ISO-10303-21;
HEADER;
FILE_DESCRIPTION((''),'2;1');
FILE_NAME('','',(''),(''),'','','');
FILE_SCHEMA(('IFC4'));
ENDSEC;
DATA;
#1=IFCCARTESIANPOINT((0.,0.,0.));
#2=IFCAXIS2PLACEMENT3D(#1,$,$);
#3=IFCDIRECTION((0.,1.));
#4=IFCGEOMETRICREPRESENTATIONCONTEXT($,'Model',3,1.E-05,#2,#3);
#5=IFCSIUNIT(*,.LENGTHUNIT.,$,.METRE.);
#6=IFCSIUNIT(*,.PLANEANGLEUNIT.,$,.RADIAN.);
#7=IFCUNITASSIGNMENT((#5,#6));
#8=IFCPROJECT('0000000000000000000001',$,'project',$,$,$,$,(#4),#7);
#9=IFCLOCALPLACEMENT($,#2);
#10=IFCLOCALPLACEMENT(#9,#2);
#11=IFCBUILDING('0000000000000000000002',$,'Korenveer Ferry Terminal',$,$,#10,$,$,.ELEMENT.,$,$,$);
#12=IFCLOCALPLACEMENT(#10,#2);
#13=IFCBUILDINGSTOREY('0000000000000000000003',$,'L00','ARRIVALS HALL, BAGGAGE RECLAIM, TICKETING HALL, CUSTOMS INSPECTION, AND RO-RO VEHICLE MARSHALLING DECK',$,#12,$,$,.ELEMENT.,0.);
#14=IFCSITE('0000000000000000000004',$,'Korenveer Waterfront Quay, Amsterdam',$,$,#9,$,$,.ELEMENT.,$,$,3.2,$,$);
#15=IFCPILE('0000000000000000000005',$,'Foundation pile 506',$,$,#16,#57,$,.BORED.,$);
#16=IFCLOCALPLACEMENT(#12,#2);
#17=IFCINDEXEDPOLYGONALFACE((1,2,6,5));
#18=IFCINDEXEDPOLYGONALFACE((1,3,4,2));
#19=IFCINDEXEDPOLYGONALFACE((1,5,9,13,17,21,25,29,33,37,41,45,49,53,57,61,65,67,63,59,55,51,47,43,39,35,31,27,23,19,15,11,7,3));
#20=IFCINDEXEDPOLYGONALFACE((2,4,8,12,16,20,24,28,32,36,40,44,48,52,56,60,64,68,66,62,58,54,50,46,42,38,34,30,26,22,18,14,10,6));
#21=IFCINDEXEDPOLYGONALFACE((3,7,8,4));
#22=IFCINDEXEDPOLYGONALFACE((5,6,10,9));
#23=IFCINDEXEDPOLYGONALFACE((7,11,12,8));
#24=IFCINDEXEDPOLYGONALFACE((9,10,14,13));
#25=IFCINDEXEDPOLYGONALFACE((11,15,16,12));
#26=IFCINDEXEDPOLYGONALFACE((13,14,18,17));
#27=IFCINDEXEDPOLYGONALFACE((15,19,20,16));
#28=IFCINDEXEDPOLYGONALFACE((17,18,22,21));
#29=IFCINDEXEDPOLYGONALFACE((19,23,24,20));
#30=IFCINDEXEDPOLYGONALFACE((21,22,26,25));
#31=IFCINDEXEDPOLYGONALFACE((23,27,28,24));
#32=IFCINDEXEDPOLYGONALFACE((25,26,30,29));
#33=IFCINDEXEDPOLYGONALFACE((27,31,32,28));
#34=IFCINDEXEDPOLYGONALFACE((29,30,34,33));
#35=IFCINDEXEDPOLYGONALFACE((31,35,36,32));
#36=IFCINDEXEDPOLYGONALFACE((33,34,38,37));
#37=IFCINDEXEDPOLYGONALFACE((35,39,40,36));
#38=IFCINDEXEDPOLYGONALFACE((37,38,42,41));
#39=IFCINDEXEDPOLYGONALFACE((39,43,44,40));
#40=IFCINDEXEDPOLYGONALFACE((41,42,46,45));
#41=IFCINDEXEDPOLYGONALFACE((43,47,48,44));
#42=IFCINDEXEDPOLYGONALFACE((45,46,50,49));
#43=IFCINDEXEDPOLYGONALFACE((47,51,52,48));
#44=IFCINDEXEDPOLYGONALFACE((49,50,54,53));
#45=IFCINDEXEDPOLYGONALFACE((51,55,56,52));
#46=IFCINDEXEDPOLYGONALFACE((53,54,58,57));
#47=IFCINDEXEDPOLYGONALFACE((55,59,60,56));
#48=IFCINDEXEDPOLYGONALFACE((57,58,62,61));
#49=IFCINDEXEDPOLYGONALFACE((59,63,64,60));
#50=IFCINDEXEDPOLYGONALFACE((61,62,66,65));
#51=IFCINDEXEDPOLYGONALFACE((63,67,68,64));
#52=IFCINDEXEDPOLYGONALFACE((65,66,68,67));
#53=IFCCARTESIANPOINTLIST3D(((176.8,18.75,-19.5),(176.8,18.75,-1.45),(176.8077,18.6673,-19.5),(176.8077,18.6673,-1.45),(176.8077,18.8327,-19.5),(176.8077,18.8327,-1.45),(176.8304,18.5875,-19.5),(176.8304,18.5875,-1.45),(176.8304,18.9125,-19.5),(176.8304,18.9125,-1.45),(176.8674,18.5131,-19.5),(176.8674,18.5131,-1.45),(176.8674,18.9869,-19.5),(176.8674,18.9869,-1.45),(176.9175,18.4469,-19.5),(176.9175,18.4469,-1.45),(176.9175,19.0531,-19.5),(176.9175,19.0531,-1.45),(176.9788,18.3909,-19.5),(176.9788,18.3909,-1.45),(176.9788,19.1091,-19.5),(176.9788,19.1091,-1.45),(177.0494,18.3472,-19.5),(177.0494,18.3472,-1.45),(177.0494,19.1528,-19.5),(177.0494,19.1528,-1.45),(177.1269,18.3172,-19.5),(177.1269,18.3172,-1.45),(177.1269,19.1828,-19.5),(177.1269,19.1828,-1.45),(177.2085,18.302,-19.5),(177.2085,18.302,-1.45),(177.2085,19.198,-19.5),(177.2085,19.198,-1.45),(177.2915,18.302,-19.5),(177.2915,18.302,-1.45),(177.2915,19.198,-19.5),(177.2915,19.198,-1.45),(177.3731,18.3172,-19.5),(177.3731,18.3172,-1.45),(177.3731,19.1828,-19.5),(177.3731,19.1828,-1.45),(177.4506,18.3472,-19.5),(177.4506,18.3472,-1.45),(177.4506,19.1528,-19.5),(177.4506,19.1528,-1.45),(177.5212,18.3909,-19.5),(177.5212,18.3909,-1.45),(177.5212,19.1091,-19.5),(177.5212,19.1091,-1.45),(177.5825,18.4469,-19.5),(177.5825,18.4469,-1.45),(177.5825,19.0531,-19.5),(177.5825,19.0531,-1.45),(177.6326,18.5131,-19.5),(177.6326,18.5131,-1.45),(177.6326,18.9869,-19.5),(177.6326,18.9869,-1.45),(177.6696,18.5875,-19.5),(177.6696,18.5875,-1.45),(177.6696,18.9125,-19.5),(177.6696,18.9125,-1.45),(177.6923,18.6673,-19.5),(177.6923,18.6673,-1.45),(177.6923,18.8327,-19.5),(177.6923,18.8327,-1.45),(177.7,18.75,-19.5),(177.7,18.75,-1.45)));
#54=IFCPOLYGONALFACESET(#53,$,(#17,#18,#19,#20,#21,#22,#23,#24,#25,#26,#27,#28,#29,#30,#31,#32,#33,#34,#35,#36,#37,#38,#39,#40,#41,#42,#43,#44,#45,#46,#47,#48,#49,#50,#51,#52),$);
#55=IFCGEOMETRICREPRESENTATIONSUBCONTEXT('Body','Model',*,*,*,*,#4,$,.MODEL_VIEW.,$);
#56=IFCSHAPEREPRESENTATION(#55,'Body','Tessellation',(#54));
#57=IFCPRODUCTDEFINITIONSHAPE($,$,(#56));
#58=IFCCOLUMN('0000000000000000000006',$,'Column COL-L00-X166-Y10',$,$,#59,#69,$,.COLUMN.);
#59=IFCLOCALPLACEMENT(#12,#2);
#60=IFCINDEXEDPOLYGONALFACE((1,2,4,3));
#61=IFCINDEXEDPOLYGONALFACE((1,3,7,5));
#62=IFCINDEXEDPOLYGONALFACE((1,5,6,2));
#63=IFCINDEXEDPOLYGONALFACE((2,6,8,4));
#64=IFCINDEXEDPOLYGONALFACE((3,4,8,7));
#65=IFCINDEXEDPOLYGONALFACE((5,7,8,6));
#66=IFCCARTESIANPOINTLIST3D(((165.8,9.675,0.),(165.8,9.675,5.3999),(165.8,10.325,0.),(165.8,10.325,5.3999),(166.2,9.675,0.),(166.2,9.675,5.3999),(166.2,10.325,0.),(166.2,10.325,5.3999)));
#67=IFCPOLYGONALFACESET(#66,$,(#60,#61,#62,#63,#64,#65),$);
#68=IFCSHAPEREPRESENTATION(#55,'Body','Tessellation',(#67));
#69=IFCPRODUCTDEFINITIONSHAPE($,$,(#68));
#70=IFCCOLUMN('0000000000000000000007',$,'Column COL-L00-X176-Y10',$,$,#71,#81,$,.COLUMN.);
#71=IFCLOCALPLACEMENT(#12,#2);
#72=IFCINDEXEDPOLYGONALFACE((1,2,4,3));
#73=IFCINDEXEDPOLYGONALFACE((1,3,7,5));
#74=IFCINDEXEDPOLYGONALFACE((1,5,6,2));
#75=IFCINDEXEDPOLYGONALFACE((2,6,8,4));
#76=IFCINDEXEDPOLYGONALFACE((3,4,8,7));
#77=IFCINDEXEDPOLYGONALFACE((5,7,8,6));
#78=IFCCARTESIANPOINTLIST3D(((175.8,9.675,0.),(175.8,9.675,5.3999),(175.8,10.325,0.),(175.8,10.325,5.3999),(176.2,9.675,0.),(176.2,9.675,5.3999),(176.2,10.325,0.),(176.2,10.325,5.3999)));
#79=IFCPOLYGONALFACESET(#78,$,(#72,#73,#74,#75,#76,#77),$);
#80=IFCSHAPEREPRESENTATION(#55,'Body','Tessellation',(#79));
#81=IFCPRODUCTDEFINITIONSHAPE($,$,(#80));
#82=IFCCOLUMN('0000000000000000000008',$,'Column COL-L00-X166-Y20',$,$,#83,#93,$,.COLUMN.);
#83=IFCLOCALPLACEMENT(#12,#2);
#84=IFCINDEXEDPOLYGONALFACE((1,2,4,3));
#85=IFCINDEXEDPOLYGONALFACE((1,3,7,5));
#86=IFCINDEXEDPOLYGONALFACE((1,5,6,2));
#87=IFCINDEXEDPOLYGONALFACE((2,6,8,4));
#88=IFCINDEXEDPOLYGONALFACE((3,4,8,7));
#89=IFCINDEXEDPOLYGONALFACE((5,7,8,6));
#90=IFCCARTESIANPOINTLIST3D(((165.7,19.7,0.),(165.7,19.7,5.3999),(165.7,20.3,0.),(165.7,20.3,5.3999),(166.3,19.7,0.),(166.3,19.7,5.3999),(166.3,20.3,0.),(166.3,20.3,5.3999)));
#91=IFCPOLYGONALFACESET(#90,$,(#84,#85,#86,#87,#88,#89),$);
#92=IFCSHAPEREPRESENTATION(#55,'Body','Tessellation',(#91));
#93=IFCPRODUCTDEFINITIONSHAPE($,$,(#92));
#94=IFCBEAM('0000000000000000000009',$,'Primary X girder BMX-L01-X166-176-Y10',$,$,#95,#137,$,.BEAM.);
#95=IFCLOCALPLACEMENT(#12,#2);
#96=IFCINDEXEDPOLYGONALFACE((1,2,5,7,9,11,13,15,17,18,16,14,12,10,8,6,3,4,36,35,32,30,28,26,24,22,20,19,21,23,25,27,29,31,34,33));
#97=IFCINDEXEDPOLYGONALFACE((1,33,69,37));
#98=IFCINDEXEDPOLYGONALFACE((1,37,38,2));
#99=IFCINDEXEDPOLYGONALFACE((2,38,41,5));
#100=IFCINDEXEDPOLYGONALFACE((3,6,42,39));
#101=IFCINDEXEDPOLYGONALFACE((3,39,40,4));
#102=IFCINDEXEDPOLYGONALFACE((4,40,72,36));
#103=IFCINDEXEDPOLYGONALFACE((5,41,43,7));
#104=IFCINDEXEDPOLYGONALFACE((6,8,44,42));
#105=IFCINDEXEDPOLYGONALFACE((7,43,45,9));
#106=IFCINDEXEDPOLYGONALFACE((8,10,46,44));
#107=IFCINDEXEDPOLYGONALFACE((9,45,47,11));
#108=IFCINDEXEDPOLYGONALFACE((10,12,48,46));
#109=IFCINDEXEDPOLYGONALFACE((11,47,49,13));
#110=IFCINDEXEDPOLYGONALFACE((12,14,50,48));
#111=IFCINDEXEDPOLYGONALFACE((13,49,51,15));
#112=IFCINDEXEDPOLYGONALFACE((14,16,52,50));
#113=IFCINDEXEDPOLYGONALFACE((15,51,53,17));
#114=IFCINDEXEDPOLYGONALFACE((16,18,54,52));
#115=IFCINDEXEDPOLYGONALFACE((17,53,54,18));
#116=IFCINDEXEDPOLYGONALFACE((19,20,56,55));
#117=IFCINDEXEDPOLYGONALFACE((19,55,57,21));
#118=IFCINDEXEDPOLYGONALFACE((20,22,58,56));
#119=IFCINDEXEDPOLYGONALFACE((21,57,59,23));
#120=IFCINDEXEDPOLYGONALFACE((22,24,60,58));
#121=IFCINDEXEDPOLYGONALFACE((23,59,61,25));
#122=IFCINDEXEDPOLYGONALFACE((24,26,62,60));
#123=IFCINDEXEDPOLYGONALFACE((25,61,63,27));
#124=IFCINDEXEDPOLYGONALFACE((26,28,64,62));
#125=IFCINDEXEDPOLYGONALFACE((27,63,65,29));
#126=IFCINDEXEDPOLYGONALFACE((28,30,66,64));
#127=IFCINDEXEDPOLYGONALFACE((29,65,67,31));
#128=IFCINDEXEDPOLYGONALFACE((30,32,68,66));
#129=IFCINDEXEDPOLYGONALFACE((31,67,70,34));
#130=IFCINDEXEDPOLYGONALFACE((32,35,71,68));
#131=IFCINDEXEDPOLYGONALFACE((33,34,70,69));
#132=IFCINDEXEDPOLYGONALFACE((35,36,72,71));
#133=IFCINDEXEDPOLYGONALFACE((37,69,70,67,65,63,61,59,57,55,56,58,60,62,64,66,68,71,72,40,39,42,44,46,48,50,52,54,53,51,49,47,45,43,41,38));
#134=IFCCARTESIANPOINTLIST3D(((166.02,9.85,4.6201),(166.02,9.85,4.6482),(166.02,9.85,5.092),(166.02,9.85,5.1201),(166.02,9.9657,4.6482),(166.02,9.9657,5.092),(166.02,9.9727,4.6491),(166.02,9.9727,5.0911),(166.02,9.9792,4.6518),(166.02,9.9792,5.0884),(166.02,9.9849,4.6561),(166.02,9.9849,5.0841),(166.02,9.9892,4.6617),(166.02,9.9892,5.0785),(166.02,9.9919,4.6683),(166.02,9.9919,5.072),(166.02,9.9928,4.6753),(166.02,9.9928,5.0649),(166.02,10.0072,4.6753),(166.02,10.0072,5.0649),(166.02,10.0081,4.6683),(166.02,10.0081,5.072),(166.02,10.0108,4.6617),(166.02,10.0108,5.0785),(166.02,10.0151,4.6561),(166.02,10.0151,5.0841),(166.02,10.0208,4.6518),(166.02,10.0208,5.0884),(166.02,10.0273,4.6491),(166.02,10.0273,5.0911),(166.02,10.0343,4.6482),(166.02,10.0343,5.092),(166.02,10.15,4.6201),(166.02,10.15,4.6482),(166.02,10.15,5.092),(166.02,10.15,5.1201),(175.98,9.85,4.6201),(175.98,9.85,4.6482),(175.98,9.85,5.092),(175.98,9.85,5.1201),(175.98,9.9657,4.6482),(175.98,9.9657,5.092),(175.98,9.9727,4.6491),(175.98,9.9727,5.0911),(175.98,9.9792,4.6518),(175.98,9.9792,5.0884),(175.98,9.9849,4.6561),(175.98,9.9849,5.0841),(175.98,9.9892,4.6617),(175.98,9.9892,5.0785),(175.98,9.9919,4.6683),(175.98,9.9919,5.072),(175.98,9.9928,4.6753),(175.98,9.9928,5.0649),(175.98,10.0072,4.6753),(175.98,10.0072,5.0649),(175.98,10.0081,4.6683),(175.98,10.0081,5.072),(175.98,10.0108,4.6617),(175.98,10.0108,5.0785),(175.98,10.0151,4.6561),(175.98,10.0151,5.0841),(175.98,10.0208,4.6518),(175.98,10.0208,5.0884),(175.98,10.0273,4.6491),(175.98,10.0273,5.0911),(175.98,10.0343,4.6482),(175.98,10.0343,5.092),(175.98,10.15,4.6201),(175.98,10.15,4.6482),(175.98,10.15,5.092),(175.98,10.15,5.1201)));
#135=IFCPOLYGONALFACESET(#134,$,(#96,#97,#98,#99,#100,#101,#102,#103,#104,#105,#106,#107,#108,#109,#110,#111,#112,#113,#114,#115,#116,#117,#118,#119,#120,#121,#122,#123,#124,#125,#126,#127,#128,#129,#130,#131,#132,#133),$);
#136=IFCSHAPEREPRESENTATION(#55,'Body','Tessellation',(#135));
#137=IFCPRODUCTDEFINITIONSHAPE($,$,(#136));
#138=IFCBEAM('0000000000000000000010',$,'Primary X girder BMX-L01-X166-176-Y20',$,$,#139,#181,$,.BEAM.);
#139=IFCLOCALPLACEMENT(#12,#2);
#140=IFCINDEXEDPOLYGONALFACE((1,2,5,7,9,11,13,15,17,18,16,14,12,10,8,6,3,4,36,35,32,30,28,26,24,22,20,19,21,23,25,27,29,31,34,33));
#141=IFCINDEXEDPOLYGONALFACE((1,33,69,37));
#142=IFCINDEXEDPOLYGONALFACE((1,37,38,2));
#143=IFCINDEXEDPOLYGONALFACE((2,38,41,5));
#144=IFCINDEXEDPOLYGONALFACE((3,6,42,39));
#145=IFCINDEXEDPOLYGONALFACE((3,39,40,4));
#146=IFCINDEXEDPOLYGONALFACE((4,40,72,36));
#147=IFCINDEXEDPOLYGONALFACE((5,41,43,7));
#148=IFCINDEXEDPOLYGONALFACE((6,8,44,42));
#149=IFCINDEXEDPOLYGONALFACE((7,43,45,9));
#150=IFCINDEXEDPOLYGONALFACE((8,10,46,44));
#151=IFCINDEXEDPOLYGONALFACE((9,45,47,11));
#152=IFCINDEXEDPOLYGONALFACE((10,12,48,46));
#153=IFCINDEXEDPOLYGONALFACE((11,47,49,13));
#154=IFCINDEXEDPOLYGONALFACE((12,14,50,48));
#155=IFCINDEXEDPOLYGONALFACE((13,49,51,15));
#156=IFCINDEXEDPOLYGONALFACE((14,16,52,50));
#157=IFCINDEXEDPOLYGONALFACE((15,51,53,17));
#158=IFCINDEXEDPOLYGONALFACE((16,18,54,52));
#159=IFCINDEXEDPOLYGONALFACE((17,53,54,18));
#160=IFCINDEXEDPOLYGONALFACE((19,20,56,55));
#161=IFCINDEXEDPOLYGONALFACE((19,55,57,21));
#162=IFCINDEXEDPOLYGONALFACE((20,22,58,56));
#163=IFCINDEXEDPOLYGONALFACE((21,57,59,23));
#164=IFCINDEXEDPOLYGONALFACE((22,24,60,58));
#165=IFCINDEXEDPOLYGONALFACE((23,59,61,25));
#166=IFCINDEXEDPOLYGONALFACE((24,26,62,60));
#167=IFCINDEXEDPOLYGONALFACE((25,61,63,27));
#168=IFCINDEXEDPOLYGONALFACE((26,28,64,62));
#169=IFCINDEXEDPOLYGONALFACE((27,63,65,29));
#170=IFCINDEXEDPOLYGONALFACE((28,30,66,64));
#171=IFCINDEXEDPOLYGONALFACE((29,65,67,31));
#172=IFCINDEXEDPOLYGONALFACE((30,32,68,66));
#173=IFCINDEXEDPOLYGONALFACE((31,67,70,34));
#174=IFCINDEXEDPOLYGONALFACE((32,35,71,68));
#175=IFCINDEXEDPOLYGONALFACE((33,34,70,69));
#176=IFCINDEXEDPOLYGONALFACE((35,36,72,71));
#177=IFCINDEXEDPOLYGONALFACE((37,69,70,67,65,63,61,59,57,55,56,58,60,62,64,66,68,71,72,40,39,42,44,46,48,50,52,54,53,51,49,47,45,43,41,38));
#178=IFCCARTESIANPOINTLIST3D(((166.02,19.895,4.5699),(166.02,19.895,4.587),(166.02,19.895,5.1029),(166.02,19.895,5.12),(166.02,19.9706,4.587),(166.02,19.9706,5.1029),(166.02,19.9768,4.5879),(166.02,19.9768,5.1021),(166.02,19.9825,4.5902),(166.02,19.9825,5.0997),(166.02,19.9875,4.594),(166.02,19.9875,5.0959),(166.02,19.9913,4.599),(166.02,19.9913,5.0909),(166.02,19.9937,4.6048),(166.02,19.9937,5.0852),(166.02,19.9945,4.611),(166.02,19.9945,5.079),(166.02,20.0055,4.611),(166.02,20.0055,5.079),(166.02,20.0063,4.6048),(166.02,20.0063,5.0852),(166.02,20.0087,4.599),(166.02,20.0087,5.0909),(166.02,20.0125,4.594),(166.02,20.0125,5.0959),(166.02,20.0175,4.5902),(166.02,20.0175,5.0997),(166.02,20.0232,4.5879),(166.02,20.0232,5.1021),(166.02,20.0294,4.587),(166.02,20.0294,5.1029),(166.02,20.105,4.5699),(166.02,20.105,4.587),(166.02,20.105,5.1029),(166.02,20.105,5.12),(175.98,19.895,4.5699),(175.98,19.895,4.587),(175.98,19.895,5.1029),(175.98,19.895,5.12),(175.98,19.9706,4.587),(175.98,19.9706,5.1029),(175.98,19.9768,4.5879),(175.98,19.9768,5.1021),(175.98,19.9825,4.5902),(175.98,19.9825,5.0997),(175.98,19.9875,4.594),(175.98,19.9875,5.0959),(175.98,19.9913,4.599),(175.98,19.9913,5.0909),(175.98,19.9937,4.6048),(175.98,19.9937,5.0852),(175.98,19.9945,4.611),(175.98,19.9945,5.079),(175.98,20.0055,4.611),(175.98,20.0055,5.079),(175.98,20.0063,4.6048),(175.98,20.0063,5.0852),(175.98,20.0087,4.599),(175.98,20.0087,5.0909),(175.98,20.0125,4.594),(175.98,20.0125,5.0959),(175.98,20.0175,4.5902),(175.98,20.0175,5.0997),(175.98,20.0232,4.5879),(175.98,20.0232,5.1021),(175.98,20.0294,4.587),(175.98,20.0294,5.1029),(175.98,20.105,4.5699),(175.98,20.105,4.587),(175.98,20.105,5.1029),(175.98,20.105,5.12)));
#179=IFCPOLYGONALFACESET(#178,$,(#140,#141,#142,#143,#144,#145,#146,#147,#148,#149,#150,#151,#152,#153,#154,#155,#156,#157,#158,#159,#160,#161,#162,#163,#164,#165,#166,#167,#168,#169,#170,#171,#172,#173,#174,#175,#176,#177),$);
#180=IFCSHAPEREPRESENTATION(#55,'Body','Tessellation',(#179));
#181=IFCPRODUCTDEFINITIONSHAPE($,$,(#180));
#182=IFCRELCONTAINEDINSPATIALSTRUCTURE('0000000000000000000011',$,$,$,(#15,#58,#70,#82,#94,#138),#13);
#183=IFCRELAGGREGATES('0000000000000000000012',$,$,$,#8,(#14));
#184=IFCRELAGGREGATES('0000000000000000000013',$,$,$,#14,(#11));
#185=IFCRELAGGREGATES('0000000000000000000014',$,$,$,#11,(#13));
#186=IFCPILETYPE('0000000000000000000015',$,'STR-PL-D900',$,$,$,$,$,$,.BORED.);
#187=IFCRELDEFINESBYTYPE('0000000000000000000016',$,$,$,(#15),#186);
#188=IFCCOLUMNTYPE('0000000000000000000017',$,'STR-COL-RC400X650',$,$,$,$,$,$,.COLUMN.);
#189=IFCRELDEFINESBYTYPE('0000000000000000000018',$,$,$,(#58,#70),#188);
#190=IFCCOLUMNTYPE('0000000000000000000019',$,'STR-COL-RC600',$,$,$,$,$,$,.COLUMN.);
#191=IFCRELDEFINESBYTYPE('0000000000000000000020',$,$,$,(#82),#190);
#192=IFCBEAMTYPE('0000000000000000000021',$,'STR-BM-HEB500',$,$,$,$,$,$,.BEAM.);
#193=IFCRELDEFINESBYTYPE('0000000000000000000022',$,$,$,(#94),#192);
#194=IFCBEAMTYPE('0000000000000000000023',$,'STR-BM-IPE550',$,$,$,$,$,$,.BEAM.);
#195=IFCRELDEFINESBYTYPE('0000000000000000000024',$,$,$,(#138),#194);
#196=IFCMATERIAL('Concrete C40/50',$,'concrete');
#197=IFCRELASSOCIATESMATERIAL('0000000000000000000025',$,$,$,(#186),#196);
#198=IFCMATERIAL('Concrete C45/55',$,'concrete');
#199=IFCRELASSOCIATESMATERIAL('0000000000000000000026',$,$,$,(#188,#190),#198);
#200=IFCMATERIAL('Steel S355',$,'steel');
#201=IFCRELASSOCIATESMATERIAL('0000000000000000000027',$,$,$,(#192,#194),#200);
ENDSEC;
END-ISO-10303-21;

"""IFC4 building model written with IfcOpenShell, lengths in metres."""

from ifc_helpers import new_model, si_unit, direction, frame, origin, origin_2d, place, context, subcontext, project, spatial, rectangle, circle, i_section, extrude, material, material_profile, profile_set, type_object, element, save


model = new_model("IFC4")

# Units and contexts
model_context = context("Model", 3, precision=1e-05, world=origin(), true_north=direction((0.0, 1.0)))
body_context = subcontext(model_context, "Body", "Model", "MODEL_VIEW")
ifc_project = project(units=[si_unit("LENGTHUNIT", "METRE"), si_unit("PLANEANGLEUNIT", "RADIAN")], contexts=[model_context])

# Site, building, storey
site_placement = place(None, origin())
site = spatial("IfcSite", under=ifc_project, at=site_placement, Name="Korenveer Waterfront Quay, Amsterdam", CompositionType="ELEMENT", RefElevation=3.2)
building_placement = place(site_placement, origin())
building = spatial("IfcBuilding", under=site, at=building_placement, Name="Korenveer Ferry Terminal", CompositionType="ELEMENT")
storey_placement = place(building_placement, origin())
storey = spatial("IfcBuildingStorey", under=building, at=storey_placement, Name="L00", Description="ARRIVALS HALL, BAGGAGE RECLAIM, TICKETING HALL, CUSTOMS INSPECTION, AND RO-RO VEHICLE MARSHALLING DECK", CompositionType="ELEMENT", Elevation=0.0)

# Shared definitions
ifc_material_1 = material(Name="Concrete C40/50", Category="concrete")
ifc_material_2 = material(Name="Concrete C45/55", Category="concrete")

# Pile
ifc_material_profile_1 = material_profile(ifc_material_1, circle(Radius=0.45, at=origin_2d()), Name="PILE D900")
ifc_profile_set_1 = profile_set([ifc_material_profile_1], Name="Concrete C40/50")
pile_type_1 = type_object("IfcPileType", Name="STR-PL-D900", PredefinedType="BORED", material=ifc_profile_set_1)
for number, where, z_axis, x_axis, name in (
    (1, (177.25, 18.75, -1.45), (0.0, 0.0, -1.0), (1.0, 0.0, 0.0), "Foundation pile 506"),
):
    element("IfcPile", number, at=place(storey_placement, frame(where, z_axis=z_axis, x_axis=x_axis)), inside=storey, type_object=pile_type_1, Name=name, PredefinedType="BORED", context=body_context, shape_type="SweptSolid", body=[
        extrude(circle(Radius=0.45, at=origin_2d()), origin(), (0.0, 0.0, 1.0), 18.05),
    ])

# Columns
ifc_material_profile_2 = material_profile(ifc_material_2, rectangle(XDim=0.3999, YDim=0.6499, at=origin_2d()), Name="RC 400x650")
ifc_profile_set_2 = profile_set([ifc_material_profile_2], Name="Concrete C45/55")
column_type_1 = type_object("IfcColumnType", Name="STR-COL-RC400X650", PredefinedType="COLUMN", material=ifc_profile_set_2)
for number, where, z_axis, x_axis, name in (
    (2, (166.0, 10.0, 0.0), (0.0, 0.0, 1.0), (1.0, 0.0, 0.0), "Column COL-L00-X166-Y10"),
    (3, (176.0, 10.0, 0.0), (0.0, 0.0, 1.0), (1.0, 0.0, 0.0), "Column COL-L00-X176-Y10"),
):
    element("IfcColumn", number, at=place(storey_placement, frame(where, z_axis=z_axis, x_axis=x_axis)), inside=storey, type_object=column_type_1, Name=name, PredefinedType="COLUMN", context=body_context, shape_type="SweptSolid", body=[
        extrude(rectangle(XDim=0.3999, YDim=0.6499, at=origin_2d()), origin(), (0.0, 0.0, 1.0), 5.3999),
    ])
ifc_material_profile_3 = material_profile(ifc_material_2, rectangle(XDim=0.6001, YDim=0.6001, at=origin_2d()), Name="RC 600x600")
ifc_profile_set_3 = profile_set([ifc_material_profile_3], Name="Concrete C45/55")
column_type_2 = type_object("IfcColumnType", Name="STR-COL-RC600", PredefinedType="COLUMN", material=ifc_profile_set_3)
column_placement = place(storey_placement, frame((166.0, 20.0, 0.0), z_axis=(0.0, 0.0, 1.0), x_axis=(1.0, 0.0, 0.0)))
element("IfcColumn", 4, at=column_placement, inside=storey, type_object=column_type_2, Name="Column COL-L00-X166-Y20", PredefinedType="COLUMN", context=body_context, shape_type="SweptSolid", body=[
    extrude(rectangle(XDim=0.6001, YDim=0.6001, at=origin_2d()), origin(), (0.0, 0.0, 1.0), 5.3999),
])

# Beams
ifc_material_3 = material(Name="Steel S355", Category="steel")
ifc_material_profile_4 = material_profile(ifc_material_3, i_section(OverallWidth=0.3, OverallDepth=0.5, WebThickness=0.0144, FlangeThickness=0.0281, FilletRadius=0.0271, at=origin_2d()), Name="HEB 500")
ifc_profile_set_4 = profile_set([ifc_material_profile_4], Name="Steel S355")
beam_type_1 = type_object("IfcBeamType", Name="STR-BM-HEB500", PredefinedType="BEAM", material=ifc_profile_set_4)
beam_1_placement = place(storey_placement, frame((166.02, 10.0, 4.8701), z_axis=(1.0, 0.0, 0.0), x_axis=(0.0, 1.0, 0.0)))
element("IfcBeam", 5, at=beam_1_placement, inside=storey, type_object=beam_type_1, Name="Primary X girder BMX-L01-X166-176-Y10", PredefinedType="BEAM", context=body_context, shape_type="SweptSolid", body=[
    extrude(i_section(OverallWidth=0.3, OverallDepth=0.5, WebThickness=0.0144, FlangeThickness=0.0281, FilletRadius=0.0271, at=origin_2d()), origin(), (0.0, 0.0, 1.0), 9.96),
])
ifc_material_profile_5 = material_profile(ifc_material_3, i_section(OverallWidth=0.21, OverallDepth=0.55, WebThickness=0.011, FlangeThickness=0.0171, FilletRadius=0.0239, at=origin_2d()), Name="IPE 550")
ifc_profile_set_5 = profile_set([ifc_material_profile_5], Name="Steel S355")
beam_type_2 = type_object("IfcBeamType", Name="STR-BM-IPE550", PredefinedType="BEAM", material=ifc_profile_set_5)
beam_2_placement = place(storey_placement, frame((166.02, 20.0, 4.845), z_axis=(1.0, 0.0, 0.0), x_axis=(0.0, 1.0, 0.0)))
element("IfcBeam", 6, at=beam_2_placement, inside=storey, type_object=beam_type_2, Name="Primary X girder BMX-L01-X166-176-Y20", PredefinedType="BEAM", context=body_context, shape_type="SweptSolid", body=[
    extrude(i_section(OverallWidth=0.21, OverallDepth=0.55, WebThickness=0.011, FlangeThickness=0.0171, FilletRadius=0.0239, at=origin_2d()), origin(), (0.0, 0.0, 1.0), 9.96),
])

save(model, "model.ifc")
